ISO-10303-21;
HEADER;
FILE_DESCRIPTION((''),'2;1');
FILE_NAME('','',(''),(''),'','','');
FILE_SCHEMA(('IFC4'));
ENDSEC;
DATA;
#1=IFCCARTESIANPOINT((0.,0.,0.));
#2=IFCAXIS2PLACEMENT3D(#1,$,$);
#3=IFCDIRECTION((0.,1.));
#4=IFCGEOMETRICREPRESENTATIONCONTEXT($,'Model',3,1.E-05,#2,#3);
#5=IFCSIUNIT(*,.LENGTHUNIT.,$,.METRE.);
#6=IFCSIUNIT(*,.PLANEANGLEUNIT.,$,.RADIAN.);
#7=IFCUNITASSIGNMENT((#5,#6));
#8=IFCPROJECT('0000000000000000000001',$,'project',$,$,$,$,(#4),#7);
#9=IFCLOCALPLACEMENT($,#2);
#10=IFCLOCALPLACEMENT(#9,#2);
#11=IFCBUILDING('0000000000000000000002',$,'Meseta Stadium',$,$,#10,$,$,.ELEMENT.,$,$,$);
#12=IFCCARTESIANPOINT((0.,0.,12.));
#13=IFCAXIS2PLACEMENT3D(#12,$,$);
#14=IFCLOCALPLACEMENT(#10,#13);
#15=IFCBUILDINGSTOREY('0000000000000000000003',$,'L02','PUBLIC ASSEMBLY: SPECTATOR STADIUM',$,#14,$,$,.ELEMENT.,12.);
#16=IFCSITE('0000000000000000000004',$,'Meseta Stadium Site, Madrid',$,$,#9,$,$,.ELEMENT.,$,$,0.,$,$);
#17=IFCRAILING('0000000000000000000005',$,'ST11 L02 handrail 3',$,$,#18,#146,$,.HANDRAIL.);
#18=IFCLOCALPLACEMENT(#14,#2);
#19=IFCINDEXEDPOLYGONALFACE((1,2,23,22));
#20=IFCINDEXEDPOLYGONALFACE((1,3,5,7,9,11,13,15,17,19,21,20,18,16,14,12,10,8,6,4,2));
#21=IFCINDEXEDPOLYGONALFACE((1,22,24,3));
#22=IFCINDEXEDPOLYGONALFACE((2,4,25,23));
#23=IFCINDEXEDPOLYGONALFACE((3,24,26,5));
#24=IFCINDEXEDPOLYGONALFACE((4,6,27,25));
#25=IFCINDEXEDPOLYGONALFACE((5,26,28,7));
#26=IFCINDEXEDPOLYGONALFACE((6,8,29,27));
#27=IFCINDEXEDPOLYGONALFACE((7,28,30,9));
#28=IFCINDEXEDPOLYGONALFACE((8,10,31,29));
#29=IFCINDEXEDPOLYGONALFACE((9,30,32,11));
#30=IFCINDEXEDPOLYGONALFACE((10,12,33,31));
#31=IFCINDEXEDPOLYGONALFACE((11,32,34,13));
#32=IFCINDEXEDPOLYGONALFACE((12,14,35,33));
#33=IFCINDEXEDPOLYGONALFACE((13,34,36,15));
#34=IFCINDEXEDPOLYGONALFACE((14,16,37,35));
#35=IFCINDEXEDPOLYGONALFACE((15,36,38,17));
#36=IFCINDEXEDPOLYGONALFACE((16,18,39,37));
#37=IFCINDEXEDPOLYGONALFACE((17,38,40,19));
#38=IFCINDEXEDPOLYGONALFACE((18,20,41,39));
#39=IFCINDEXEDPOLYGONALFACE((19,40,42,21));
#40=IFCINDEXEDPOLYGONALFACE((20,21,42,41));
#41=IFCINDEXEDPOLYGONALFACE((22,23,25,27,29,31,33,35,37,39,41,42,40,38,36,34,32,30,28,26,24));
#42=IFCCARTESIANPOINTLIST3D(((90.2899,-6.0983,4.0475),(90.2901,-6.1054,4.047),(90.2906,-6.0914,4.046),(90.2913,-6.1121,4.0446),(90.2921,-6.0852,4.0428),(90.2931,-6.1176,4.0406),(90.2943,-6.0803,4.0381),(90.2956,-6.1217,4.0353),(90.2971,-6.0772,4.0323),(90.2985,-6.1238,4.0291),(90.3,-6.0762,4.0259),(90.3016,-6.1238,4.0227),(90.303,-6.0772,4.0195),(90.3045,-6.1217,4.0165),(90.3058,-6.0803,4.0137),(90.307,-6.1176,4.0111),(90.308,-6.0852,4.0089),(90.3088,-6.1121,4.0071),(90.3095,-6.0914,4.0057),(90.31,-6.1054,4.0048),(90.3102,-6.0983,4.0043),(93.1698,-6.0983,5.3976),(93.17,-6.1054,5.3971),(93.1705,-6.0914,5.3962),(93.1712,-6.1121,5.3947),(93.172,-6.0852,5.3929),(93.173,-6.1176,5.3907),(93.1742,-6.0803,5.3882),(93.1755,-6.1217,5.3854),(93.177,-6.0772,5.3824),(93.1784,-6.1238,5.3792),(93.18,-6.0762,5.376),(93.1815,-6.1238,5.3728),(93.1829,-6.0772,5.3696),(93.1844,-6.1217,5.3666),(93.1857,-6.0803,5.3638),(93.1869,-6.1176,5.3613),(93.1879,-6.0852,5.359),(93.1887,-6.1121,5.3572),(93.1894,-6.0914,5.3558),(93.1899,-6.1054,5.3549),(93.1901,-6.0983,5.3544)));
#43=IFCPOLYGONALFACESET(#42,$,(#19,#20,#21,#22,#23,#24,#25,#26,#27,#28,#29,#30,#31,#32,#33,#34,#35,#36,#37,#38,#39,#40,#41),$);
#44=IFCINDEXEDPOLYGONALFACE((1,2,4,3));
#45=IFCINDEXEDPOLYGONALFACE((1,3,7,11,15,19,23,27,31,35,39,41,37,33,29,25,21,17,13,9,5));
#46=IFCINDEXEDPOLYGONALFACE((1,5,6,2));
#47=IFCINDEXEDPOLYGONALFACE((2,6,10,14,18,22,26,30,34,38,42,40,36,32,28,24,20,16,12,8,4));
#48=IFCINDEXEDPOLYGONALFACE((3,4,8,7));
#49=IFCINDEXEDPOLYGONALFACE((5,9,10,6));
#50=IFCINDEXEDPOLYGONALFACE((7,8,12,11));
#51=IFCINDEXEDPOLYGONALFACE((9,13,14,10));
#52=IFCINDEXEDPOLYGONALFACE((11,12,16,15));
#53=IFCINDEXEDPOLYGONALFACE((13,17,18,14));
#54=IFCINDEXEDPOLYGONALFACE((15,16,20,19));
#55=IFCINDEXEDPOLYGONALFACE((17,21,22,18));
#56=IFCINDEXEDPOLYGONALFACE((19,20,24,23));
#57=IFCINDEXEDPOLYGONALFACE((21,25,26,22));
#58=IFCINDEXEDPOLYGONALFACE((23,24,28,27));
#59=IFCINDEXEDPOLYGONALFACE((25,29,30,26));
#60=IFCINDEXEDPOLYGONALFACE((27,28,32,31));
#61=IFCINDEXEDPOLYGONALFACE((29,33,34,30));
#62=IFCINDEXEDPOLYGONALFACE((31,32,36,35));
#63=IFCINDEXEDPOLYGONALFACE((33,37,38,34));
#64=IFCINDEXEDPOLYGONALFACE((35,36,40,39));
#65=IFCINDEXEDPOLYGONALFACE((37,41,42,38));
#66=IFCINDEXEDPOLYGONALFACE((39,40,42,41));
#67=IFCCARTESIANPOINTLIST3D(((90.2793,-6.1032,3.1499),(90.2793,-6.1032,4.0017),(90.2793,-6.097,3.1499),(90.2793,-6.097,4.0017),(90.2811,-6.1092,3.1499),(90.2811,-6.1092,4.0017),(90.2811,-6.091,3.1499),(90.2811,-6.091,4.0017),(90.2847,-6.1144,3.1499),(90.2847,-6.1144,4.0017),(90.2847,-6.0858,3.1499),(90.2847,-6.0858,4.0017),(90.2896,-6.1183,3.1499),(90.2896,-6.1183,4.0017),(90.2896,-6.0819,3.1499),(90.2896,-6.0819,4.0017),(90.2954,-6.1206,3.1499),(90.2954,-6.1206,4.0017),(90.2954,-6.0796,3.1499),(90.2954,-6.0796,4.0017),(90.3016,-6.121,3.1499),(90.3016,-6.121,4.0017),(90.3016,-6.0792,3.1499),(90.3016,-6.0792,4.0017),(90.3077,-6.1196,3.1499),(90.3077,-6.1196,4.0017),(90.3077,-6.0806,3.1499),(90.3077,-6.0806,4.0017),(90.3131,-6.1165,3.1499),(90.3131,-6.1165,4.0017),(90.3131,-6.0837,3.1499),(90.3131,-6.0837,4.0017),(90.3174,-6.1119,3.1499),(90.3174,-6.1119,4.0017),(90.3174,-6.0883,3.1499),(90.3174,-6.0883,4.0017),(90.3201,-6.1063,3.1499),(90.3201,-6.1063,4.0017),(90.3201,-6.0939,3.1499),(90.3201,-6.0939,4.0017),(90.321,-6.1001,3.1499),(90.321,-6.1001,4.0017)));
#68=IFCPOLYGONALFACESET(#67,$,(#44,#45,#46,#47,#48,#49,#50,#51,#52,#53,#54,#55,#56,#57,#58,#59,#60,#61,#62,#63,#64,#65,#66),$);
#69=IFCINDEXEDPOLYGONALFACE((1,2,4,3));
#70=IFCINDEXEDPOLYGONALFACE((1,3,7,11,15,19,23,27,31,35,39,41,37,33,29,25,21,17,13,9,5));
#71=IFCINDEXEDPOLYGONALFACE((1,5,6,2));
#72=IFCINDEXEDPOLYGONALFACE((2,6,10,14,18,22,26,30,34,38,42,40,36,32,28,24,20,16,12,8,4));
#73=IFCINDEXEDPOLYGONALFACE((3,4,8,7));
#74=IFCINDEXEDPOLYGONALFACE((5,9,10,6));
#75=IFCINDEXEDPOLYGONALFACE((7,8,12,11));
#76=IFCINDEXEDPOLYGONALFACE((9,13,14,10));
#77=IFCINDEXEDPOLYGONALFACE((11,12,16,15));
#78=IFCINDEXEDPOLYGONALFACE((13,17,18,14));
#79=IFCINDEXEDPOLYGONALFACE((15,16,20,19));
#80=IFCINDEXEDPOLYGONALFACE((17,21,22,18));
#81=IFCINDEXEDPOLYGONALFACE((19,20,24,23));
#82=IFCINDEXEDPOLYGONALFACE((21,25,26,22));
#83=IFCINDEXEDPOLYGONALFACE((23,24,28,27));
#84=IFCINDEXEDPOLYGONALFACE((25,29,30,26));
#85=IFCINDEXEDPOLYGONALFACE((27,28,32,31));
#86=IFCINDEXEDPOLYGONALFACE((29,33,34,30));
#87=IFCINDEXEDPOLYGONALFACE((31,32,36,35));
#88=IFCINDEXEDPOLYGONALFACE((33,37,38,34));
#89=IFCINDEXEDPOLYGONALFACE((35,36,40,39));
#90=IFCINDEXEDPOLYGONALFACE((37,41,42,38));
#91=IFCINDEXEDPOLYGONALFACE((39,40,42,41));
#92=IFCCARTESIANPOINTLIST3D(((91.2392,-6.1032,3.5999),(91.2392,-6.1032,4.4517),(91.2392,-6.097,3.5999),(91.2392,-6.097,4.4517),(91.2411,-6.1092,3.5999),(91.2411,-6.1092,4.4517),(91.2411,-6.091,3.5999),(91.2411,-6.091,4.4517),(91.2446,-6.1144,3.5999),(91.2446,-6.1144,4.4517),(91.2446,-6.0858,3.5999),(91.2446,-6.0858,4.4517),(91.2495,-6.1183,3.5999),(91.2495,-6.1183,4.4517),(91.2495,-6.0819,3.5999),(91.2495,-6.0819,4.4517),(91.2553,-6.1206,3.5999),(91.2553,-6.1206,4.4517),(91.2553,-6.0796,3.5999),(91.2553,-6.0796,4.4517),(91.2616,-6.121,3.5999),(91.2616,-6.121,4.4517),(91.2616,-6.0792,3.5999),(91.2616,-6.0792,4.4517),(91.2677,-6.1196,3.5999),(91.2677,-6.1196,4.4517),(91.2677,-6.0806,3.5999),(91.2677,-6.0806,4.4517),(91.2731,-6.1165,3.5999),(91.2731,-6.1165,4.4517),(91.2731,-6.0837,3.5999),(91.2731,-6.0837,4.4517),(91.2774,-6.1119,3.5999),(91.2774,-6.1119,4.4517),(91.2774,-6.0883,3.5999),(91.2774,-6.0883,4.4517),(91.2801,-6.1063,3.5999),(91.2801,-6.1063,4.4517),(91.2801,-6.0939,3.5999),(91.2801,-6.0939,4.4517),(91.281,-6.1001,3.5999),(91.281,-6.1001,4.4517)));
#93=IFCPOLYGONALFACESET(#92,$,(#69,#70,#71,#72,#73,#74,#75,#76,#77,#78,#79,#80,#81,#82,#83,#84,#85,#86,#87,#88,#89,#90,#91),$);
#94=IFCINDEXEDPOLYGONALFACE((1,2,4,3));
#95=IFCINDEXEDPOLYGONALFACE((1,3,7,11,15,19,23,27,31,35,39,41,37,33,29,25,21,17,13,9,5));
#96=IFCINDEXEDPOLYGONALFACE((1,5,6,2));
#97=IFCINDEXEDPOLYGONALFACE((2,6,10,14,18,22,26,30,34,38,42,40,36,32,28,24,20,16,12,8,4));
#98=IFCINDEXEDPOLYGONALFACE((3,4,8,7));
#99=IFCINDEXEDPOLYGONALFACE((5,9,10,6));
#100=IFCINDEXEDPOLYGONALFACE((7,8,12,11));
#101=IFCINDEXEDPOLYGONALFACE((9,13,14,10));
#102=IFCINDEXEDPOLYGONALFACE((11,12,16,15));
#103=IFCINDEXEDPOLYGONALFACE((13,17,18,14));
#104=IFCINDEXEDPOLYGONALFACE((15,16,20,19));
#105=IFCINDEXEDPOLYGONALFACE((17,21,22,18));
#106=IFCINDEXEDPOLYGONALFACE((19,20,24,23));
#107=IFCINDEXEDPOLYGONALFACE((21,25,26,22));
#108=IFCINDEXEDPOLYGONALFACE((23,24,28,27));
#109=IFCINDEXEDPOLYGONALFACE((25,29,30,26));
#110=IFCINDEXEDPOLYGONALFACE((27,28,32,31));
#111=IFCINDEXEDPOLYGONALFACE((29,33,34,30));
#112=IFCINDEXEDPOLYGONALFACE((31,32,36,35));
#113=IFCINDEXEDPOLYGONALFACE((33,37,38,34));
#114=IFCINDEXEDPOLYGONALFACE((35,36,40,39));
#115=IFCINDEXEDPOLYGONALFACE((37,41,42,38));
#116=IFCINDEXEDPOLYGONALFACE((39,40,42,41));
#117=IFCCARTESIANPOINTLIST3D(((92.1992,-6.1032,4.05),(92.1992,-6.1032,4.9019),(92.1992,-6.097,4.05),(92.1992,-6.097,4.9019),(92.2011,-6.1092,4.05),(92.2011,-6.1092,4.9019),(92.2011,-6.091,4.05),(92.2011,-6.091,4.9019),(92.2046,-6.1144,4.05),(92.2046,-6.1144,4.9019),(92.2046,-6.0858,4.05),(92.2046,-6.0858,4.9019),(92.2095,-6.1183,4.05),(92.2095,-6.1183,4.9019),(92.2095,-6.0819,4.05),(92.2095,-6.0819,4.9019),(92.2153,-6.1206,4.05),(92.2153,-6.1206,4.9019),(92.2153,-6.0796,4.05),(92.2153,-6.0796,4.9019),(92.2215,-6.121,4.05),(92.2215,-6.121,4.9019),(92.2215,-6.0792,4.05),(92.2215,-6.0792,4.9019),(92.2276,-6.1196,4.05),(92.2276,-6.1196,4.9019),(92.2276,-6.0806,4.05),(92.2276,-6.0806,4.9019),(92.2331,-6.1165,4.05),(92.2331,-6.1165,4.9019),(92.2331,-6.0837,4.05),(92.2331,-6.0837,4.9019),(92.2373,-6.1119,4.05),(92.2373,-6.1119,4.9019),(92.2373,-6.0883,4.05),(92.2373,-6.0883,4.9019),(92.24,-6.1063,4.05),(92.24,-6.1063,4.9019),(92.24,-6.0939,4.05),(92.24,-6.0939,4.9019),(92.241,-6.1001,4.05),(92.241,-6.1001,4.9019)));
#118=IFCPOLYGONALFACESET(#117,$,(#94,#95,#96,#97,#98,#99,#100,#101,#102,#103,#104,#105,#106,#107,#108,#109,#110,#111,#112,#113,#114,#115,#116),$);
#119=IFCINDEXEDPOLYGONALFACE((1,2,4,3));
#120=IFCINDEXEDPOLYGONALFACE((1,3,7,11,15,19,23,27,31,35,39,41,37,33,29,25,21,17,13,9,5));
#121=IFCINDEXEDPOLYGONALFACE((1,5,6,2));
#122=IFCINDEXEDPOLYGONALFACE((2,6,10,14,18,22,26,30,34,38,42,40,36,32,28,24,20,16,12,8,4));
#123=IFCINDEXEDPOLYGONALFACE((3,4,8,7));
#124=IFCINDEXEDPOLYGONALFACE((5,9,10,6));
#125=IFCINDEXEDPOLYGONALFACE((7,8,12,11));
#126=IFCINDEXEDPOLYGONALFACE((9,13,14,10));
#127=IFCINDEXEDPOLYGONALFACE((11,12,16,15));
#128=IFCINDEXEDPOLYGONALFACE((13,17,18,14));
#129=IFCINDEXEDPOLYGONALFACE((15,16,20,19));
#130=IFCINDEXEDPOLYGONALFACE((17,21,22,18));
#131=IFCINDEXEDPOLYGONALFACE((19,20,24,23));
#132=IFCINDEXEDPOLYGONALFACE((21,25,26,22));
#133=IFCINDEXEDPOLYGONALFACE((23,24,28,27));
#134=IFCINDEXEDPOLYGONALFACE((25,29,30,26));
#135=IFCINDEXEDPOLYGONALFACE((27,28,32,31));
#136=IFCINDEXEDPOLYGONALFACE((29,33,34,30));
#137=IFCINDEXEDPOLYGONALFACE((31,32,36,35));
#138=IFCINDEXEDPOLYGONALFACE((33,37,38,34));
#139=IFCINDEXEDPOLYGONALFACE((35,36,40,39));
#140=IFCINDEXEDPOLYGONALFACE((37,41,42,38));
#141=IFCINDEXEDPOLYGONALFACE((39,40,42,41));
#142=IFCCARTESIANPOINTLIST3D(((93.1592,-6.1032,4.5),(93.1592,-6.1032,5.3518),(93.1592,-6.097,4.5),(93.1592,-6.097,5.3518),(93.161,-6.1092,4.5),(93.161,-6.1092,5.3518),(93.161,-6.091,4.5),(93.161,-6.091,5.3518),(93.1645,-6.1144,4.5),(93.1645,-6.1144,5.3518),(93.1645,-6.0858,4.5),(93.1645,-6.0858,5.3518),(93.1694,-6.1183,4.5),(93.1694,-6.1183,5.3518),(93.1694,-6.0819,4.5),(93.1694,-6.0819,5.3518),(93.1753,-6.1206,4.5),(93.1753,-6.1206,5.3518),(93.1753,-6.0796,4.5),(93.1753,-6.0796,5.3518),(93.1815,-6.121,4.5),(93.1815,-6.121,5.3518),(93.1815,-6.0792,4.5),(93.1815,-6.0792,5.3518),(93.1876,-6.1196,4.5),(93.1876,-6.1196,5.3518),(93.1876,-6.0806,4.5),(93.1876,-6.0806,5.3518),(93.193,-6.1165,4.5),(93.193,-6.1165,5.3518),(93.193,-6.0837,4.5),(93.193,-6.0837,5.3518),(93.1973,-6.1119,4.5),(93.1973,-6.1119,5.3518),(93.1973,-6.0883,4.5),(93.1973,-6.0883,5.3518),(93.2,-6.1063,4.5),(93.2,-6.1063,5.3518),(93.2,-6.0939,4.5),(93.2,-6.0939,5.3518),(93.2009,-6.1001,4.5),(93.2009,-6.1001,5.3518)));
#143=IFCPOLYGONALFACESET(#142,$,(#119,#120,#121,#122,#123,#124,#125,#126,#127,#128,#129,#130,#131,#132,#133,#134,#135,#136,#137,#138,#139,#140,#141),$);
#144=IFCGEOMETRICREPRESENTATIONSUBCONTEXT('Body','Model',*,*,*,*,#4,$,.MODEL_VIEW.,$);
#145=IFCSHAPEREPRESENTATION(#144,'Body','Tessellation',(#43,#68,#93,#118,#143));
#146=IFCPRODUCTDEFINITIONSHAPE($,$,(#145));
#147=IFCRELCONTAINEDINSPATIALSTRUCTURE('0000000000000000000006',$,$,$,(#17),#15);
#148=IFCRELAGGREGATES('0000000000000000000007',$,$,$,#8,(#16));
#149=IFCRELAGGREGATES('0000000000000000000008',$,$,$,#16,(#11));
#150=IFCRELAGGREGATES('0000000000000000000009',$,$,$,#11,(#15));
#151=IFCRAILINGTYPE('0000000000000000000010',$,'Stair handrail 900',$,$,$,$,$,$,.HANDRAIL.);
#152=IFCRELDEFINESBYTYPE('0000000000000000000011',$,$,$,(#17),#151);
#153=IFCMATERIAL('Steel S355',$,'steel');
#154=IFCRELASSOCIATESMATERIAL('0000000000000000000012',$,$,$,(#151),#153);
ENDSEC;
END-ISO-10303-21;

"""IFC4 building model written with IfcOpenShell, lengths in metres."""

from ifc_helpers import new_model, si_unit, direction, frame, origin, origin_2d, place, context, subcontext, project, spatial, circle, extrude, material, type_object, element, save


model = new_model("IFC4")

# Units and contexts
model_context = context("Model", 3, precision=1e-05, world=origin(), true_north=direction((0.0, 1.0)))
body_context = subcontext(model_context, "Body", "Model", "MODEL_VIEW")
ifc_project = project(units=[si_unit("LENGTHUNIT", "METRE"), si_unit("PLANEANGLEUNIT", "RADIAN")], contexts=[model_context])

# Site, building, storey
site_placement = place(None, origin())
site = spatial("IfcSite", under=ifc_project, at=site_placement, Name="Meseta Stadium Site, Madrid", CompositionType="ELEMENT", RefElevation=0.0)
building_placement = place(site_placement, origin())
building = spatial("IfcBuilding", under=site, at=building_placement, Name="Meseta Stadium", CompositionType="ELEMENT")
storey_placement = place(building_placement, frame((0.0, 0.0, 12.0)))
storey = spatial("IfcBuildingStorey", under=building, at=storey_placement, Name="L02", Description="PUBLIC ASSEMBLY: SPECTATOR STADIUM", CompositionType="ELEMENT", Elevation=12.0)

# Railing
ifc_material_1 = material(Name="Steel S355", Category="steel")
railing_type_1 = type_object("IfcRailingType", Name="Stair handrail 900", PredefinedType="HANDRAIL", material=ifc_material_1)
railing_1_placement = place(storey_placement, frame((90.3, -6.1001, 3.1499)))
element("IfcRailing", 1, at=railing_1_placement, inside=storey, type_object=railing_type_1, Name="ST11 L02 handrail 3", PredefinedType="HANDRAIL", context=body_context, shape_type="SweptSolid", body=[
    extrude(circle(Radius=0.0239, at=origin_2d()), frame((0.0, 0.0, 0.876), z_axis=(0.90544, 0.0, 0.424473), x_axis=(0.0, 1.0, 0.0)), (0.0, 0.0, 1.0), 3.1807),
    extrude(circle(Radius=0.021, at=origin_2d()), origin(), (0.0, 0.0, 1.0), 0.8518),
    extrude(circle(Radius=0.021, at=origin_2d()), frame((0.96, 0.0, 0.45)), (0.0, 0.0, 1.0), 0.8518),
    extrude(circle(Radius=0.021, at=origin_2d()), frame((1.9199, 0.0, 0.9001)), (0.0, 0.0, 1.0), 0.8518),
    extrude(circle(Radius=0.021, at=origin_2d()), frame((2.8799, 0.0, 1.3501)), (0.0, 0.0, 1.0), 0.8518),
])

save(model, "model.ifc")
